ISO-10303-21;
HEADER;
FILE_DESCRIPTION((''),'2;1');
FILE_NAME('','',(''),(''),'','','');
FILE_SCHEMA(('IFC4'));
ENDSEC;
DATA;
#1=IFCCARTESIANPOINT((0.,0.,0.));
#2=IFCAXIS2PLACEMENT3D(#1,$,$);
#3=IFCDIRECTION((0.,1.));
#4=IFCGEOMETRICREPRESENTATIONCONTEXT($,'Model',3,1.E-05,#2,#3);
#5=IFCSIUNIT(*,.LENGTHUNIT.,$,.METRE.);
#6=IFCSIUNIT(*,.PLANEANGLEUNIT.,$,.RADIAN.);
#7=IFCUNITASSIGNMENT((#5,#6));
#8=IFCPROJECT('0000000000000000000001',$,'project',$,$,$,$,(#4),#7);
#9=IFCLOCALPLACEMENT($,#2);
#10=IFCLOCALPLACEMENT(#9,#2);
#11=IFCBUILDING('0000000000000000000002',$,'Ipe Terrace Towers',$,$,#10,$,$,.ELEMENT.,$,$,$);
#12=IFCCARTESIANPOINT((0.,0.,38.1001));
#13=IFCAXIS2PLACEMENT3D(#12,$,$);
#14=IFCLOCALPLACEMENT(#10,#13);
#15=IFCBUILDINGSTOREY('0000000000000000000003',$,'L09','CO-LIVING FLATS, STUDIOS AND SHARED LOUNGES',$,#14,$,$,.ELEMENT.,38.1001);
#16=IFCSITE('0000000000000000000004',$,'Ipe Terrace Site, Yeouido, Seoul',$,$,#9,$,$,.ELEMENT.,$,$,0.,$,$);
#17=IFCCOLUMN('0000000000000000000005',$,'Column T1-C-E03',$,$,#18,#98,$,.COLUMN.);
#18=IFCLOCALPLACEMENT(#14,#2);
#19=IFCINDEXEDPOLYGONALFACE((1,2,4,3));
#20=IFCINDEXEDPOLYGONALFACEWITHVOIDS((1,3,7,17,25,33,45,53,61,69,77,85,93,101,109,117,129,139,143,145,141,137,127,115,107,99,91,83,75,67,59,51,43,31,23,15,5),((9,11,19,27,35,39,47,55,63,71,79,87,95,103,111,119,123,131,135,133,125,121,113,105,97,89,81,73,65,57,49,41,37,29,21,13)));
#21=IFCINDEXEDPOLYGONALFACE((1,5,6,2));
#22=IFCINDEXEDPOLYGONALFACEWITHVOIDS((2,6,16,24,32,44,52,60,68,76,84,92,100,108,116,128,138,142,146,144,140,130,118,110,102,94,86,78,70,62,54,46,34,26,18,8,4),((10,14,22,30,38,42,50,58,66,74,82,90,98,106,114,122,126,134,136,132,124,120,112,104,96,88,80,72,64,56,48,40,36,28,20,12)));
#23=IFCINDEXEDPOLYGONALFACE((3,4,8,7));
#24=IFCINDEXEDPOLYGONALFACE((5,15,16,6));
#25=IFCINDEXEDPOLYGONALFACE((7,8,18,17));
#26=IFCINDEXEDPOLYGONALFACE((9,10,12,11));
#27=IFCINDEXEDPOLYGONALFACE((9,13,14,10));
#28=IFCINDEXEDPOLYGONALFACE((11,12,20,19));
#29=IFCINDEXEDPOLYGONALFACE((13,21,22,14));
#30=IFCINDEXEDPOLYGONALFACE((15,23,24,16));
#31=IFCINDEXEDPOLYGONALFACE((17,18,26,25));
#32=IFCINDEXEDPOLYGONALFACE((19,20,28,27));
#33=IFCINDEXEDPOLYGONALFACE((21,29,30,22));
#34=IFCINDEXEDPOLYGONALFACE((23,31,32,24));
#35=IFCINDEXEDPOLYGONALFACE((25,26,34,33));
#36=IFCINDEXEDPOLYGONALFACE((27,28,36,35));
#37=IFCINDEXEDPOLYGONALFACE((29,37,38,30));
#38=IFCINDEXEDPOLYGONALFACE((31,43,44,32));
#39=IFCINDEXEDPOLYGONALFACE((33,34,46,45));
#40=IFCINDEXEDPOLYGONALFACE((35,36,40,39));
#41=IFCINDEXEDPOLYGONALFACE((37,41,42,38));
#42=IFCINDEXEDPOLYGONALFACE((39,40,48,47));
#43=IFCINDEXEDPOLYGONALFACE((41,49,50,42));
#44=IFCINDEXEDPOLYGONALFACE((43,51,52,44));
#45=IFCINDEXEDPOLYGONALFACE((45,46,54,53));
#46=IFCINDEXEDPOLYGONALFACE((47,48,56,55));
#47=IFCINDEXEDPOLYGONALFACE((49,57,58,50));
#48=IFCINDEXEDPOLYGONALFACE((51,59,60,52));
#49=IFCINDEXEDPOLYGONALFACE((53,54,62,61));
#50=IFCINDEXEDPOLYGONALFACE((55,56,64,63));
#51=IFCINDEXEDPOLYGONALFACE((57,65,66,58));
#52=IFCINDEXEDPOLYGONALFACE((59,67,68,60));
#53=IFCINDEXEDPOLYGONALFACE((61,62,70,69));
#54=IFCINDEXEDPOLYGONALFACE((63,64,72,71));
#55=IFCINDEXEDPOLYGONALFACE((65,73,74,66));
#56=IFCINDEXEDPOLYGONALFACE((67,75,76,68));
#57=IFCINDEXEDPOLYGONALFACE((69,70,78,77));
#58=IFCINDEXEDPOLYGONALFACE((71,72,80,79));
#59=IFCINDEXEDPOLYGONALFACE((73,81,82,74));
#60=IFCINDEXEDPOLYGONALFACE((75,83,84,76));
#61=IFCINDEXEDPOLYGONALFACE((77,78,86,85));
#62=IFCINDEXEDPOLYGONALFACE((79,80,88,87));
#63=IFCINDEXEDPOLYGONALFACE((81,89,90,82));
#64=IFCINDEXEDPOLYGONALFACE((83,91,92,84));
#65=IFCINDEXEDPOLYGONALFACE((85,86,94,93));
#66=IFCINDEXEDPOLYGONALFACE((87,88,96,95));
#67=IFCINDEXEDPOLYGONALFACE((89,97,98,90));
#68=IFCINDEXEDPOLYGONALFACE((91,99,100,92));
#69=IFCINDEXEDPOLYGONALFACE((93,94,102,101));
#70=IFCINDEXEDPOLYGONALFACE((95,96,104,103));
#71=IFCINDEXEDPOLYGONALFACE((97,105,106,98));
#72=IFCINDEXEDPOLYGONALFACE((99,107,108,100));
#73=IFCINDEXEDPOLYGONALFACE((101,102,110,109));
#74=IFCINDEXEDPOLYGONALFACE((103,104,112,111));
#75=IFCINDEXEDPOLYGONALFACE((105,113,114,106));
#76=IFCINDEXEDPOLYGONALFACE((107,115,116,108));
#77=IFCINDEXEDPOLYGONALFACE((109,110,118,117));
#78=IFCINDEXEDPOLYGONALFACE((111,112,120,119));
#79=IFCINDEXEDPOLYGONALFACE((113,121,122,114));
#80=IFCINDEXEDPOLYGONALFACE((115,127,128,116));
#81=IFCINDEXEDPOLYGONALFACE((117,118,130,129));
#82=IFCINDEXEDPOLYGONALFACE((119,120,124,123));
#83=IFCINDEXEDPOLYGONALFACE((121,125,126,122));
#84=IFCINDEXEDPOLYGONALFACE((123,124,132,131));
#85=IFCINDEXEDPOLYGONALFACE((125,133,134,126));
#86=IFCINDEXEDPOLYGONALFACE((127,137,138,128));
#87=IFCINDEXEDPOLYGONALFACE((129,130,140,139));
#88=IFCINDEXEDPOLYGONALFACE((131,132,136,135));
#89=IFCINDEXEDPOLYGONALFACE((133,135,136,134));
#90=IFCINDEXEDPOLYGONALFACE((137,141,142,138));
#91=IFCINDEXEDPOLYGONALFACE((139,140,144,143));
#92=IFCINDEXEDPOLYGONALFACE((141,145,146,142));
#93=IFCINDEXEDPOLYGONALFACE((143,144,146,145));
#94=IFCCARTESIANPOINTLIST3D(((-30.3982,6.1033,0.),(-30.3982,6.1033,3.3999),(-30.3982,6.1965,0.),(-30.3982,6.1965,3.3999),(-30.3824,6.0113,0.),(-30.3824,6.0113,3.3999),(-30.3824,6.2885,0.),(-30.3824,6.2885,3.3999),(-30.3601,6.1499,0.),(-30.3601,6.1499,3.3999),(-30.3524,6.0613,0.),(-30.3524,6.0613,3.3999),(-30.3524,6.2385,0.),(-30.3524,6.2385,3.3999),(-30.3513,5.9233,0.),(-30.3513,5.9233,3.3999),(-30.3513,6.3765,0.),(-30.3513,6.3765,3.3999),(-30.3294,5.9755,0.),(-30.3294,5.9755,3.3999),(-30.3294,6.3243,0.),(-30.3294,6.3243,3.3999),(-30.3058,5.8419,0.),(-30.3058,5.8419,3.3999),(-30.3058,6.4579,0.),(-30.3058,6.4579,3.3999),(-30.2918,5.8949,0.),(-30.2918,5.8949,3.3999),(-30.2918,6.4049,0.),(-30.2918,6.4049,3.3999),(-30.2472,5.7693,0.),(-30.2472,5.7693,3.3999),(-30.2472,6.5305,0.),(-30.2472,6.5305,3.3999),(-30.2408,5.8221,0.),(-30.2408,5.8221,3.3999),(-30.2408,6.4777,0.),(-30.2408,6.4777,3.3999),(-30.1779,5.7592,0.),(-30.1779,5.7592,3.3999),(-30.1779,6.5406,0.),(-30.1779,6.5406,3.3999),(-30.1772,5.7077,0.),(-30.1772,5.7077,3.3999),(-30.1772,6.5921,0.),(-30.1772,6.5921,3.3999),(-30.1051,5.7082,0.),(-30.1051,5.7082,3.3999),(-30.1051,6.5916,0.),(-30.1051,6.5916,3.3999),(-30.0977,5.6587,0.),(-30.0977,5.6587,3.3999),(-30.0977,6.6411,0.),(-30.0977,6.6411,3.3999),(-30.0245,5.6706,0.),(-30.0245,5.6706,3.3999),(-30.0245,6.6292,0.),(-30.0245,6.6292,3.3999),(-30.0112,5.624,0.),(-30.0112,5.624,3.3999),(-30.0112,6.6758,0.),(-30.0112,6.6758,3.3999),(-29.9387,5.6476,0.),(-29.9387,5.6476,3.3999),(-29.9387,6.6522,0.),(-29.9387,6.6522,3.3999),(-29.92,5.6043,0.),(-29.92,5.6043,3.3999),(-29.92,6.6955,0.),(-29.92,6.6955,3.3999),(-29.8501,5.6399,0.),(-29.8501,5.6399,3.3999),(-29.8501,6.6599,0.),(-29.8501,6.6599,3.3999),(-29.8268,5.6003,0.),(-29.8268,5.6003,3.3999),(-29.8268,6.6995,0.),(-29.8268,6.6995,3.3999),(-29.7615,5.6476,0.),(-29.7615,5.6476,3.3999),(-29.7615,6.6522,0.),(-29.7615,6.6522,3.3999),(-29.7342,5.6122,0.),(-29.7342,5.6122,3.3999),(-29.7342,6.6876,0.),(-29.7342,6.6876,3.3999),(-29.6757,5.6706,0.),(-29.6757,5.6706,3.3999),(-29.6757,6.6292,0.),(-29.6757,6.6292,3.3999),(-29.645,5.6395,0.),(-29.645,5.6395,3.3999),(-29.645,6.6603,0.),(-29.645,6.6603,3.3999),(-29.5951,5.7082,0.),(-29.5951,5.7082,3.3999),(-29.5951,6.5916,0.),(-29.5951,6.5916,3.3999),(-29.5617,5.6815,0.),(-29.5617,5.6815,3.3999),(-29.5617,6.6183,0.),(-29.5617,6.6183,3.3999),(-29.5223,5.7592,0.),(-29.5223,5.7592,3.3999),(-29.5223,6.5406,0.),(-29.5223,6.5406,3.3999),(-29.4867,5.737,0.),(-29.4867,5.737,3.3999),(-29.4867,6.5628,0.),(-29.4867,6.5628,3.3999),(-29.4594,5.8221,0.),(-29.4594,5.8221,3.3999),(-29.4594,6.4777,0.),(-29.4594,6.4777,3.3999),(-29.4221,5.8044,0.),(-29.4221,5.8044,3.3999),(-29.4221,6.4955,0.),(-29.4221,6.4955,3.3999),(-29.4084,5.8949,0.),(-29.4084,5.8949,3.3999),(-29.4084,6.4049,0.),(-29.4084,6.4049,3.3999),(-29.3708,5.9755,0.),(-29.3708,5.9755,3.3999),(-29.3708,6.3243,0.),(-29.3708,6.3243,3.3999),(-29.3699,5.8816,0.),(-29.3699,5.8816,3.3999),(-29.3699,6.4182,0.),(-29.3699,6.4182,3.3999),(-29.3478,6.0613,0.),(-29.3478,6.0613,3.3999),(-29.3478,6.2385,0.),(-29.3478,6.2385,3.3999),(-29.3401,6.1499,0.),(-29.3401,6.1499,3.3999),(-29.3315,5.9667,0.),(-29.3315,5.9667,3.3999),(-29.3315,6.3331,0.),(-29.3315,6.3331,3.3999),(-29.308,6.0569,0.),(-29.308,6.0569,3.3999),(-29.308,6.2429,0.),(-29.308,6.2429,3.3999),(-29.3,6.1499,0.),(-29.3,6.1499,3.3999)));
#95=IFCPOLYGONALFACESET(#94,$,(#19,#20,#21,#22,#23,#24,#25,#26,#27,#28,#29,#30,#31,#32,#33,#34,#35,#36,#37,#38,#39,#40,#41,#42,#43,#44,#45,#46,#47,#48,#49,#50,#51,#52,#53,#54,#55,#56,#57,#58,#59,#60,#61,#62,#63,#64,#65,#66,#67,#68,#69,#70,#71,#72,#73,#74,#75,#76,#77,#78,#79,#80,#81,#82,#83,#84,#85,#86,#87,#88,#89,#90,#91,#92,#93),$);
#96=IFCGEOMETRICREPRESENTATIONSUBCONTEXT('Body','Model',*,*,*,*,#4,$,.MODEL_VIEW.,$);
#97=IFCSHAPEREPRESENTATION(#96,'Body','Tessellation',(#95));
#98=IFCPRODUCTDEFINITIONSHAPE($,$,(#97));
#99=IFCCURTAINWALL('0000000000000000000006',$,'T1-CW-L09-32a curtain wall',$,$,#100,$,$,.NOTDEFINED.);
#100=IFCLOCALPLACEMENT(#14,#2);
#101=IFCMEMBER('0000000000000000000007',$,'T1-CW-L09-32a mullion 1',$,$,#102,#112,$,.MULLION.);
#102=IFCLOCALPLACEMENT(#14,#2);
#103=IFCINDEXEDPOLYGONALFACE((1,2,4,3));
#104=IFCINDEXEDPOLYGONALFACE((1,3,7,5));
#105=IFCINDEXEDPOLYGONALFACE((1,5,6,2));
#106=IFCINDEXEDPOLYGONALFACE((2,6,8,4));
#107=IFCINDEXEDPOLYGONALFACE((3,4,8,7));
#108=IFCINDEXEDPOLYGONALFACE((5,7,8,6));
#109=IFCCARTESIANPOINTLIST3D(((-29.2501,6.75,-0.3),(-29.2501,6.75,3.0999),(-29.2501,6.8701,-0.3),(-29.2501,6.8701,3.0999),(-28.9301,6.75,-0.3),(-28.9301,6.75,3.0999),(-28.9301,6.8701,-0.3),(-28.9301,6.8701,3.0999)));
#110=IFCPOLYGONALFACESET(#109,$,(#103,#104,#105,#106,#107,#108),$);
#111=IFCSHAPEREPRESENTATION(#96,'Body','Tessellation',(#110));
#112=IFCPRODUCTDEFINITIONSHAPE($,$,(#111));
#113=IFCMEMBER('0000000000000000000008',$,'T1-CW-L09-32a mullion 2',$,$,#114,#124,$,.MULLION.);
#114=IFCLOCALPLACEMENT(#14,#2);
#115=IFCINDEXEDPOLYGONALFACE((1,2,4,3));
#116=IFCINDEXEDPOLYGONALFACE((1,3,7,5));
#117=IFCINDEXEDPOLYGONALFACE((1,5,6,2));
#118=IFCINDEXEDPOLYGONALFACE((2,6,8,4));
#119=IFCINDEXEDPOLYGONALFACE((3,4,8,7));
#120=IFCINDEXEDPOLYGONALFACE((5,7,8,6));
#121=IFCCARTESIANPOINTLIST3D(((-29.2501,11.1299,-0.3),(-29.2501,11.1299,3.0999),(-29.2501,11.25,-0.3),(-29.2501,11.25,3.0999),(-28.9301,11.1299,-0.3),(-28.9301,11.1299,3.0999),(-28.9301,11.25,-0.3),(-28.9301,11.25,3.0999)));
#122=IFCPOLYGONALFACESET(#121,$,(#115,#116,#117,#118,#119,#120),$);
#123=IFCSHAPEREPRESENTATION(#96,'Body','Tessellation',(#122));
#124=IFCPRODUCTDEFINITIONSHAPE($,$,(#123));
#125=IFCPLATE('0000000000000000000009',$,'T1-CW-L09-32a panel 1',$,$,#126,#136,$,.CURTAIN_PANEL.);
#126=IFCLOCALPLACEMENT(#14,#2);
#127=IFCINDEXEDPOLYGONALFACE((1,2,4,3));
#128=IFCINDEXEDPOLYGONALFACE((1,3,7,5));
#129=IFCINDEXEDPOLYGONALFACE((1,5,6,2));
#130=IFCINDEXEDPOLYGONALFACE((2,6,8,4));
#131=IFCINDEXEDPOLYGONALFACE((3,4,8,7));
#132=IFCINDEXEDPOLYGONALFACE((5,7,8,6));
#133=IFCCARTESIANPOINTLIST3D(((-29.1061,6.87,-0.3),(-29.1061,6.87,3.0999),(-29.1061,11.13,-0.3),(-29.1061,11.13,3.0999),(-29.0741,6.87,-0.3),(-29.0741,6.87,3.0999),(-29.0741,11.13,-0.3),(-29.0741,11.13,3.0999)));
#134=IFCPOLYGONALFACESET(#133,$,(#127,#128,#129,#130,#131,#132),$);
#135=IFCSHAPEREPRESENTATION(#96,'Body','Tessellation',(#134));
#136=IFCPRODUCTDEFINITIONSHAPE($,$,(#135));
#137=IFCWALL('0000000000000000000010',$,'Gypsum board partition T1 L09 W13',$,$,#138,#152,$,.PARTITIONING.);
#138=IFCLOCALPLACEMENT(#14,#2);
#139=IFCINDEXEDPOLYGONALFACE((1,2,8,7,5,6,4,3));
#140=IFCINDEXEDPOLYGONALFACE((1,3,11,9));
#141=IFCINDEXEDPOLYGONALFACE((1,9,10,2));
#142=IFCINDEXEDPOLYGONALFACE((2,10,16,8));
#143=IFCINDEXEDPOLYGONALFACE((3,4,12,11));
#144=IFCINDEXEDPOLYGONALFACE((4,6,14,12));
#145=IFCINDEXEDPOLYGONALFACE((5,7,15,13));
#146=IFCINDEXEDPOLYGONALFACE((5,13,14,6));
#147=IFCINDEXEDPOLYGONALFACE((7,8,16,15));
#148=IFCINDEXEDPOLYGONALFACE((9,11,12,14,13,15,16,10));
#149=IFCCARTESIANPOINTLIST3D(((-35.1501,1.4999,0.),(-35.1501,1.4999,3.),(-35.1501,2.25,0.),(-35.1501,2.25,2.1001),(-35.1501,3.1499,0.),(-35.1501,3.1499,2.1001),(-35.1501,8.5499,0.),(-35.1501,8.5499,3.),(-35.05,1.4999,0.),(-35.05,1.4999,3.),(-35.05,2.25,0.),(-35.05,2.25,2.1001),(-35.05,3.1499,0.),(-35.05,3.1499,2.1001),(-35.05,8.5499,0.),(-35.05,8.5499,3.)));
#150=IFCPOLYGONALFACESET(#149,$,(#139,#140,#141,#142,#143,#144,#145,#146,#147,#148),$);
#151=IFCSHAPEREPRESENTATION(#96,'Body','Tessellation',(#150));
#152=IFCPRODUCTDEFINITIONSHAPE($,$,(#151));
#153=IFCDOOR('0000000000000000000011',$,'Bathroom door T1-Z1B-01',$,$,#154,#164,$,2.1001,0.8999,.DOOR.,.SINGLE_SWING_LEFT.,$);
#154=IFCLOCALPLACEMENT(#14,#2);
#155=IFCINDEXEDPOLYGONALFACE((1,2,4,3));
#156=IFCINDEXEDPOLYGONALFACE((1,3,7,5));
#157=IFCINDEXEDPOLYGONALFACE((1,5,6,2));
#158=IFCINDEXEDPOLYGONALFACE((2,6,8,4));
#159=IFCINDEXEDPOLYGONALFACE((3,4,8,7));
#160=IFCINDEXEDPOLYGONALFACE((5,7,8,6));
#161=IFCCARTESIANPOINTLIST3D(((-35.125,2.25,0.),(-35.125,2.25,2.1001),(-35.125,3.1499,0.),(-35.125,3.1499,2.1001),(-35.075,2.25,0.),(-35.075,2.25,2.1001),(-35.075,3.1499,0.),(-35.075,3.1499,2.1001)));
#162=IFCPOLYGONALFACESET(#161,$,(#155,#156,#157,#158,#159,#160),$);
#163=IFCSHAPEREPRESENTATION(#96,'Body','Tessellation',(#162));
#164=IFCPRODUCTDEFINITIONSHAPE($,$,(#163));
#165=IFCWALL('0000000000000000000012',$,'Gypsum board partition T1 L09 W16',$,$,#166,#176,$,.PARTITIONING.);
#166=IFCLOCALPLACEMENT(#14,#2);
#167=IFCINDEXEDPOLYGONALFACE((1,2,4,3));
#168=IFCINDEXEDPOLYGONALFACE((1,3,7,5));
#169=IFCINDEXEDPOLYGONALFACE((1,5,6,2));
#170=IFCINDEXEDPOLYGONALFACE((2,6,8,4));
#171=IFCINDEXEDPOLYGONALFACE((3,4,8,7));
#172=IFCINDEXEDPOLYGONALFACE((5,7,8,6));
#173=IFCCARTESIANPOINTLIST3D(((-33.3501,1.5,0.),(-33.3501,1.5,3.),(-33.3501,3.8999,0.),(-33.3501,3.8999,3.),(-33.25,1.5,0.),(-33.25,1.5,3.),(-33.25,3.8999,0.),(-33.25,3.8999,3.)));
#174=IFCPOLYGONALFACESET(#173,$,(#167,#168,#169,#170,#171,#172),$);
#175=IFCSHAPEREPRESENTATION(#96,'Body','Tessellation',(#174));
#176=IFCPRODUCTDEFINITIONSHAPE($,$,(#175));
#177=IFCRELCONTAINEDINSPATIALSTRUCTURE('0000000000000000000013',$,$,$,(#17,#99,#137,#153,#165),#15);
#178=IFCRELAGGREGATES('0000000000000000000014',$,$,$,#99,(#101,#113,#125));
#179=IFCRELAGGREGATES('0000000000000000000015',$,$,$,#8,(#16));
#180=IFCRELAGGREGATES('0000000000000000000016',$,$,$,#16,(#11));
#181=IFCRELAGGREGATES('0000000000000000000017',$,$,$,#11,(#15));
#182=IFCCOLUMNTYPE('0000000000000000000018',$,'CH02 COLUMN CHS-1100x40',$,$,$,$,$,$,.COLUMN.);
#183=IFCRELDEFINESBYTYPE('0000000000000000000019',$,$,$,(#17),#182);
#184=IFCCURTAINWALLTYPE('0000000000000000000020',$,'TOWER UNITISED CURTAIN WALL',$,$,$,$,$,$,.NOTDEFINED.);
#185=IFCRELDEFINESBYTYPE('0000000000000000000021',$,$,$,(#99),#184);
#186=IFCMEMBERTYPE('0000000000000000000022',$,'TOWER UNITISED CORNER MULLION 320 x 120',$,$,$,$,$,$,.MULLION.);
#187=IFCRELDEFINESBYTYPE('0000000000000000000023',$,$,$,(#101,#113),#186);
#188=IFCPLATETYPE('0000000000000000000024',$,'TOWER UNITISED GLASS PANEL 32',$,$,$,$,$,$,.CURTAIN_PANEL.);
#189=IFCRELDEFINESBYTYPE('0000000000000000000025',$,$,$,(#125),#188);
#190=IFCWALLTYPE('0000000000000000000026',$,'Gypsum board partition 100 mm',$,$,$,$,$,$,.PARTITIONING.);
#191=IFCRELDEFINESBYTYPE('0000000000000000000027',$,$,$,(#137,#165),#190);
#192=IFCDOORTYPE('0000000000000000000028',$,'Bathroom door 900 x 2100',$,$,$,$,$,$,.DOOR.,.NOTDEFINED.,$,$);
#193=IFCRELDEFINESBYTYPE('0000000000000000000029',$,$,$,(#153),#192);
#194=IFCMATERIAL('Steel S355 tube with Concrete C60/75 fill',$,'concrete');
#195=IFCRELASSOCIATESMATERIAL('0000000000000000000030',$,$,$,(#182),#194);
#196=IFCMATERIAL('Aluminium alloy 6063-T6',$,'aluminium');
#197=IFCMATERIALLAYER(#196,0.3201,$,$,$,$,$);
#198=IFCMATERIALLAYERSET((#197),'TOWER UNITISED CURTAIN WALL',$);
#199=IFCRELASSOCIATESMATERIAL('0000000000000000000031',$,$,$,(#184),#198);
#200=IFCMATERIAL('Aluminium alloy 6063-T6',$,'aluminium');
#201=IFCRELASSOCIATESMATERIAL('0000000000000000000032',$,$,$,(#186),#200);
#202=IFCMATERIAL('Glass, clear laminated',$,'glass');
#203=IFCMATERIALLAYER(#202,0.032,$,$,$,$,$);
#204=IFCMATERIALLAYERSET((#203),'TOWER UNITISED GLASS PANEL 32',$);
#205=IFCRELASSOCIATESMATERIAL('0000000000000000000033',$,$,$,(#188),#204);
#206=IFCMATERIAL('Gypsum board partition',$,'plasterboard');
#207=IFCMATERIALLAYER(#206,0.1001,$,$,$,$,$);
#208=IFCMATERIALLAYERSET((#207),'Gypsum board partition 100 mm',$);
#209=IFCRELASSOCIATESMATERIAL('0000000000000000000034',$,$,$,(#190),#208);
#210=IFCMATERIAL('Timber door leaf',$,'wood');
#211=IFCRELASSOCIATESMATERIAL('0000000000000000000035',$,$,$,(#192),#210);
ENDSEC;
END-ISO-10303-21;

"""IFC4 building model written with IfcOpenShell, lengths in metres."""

from ifc_helpers import new_model, si_unit, direction, frame, frame_2d, origin, origin_2d, place, context, subcontext, project, spatial, rectangle, hollow_circle, extrude, material, layer, layer_set, material_profile, profile_set, type_object, element, fill, aggregate, save


model = new_model("IFC4")

# Units and contexts
model_context = context("Model", 3, precision=1e-05, world=origin(), true_north=direction((0.0, 1.0)))
body_context = subcontext(model_context, "Body", "Model", "MODEL_VIEW")
ifc_project = project(units=[si_unit("LENGTHUNIT", "METRE"), si_unit("PLANEANGLEUNIT", "RADIAN")], contexts=[model_context])

# Site, building, storey
site_placement = place(None, origin())
site = spatial("IfcSite", under=ifc_project, at=site_placement, Name="Ipe Terrace Site, Yeouido, Seoul", CompositionType="ELEMENT", RefElevation=0.0)
building_placement = place(site_placement, origin())
building = spatial("IfcBuilding", under=site, at=building_placement, Name="Ipe Terrace Towers", CompositionType="ELEMENT")
storey_placement = place(building_placement, frame((0.0, 0.0, 38.1001)))
storey = spatial("IfcBuildingStorey", under=building, at=storey_placement, Name="L09", Description="CO-LIVING FLATS, STUDIOS AND SHARED LOUNGES", CompositionType="ELEMENT", Elevation=38.1001)

# Column
ifc_material_1 = material(Name="Steel S355 tube with Concrete C60/75 fill", Category="concrete")
ifc_material_profile_1 = material_profile(ifc_material_1, hollow_circle(Radius=0.55, WallThickness=0.04, at=origin_2d()), Name="CHS-1100x40")
ifc_profile_set_1 = profile_set([ifc_material_profile_1], Name="Steel S355 tube with Concrete C60/75 fill")
column_type = type_object("IfcColumnType", Name="CH02 COLUMN CHS-1100x40", PredefinedType="COLUMN", material=ifc_profile_set_1)
column_placement = place(storey_placement, frame((-29.8501, 6.1499, 0.0), z_axis=(0.0, 0.0, 1.0), x_axis=(1.0, 0.0, 0.0)))
element("IfcColumn", 1, at=column_placement, inside=storey, type_object=column_type, Name="Column T1-C-E03", PredefinedType="COLUMN", context=body_context, shape_type="SweptSolid", body=[
    extrude(hollow_circle(Radius=0.55, WallThickness=0.04, at=origin_2d()), origin(), (0.0, 0.0, 1.0), 3.3999),
])

# Curtain wall, members, plate
ifc_material_2 = material(Name="Aluminium alloy 6063-T6", Category="aluminium")
ifc_layer_1 = layer(ifc_material_2, 0.3201)
ifc_layer_set_1 = layer_set([ifc_layer_1], Name="TOWER UNITISED CURTAIN WALL")
curtain_wall_type = type_object("IfcCurtainWallType", Name="TOWER UNITISED CURTAIN WALL", PredefinedType="NOTDEFINED", material=ifc_layer_set_1)
curtain_wall_placement = place(storey_placement, origin())
curtain_wall = element("IfcCurtainWall", 2, at=curtain_wall_placement, inside=storey, type_object=curtain_wall_type, Name="T1-CW-L09-32a curtain wall", PredefinedType="NOTDEFINED")
ifc_material_3 = material(Name="Aluminium alloy 6063-T6", Category="aluminium")
ifc_material_profile_2 = material_profile(ifc_material_3, rectangle(XDim=0.3201, YDim=0.1201, at=origin_2d()), Name="TOWER UNITISED CORNER MULLION 320 x 120")
ifc_profile_set_2 = profile_set([ifc_material_profile_2], Name="Aluminium alloy 6063-T6")
member_type = type_object("IfcMemberType", Name="TOWER UNITISED CORNER MULLION 320 x 120", PredefinedType="MULLION", material=ifc_profile_set_2)
member_1_placement = place(storey_placement, frame((-29.0901, 6.8101, -0.3), z_axis=(0.0, 0.0, 1.0), x_axis=(1.0, 0.0, 0.0)))
member_1 = element("IfcMember", 3, at=member_1_placement, type_object=member_type, Name="T1-CW-L09-32a mullion 1", PredefinedType="MULLION", context=body_context, shape_type="SweptSolid", body=[
    extrude(rectangle(XDim=0.3201, YDim=0.1201, at=origin_2d()), origin(), (0.0, 0.0, 1.0), 3.3999),
])
member_2_placement = place(storey_placement, frame((-29.0901, 11.1899, -0.3), z_axis=(0.0, 0.0, 1.0), x_axis=(1.0, 0.0, 0.0)))
member_2 = element("IfcMember", 4, at=member_2_placement, type_object=member_type, Name="T1-CW-L09-32a mullion 2", PredefinedType="MULLION", context=body_context, shape_type="SweptSolid", body=[
    extrude(rectangle(XDim=0.3201, YDim=0.1201, at=origin_2d()), origin(), (0.0, 0.0, 1.0), 3.3999),
])
ifc_material_4 = material(Name="Glass, clear laminated", Category="glass")
ifc_layer_2 = layer(ifc_material_4, 0.032)
ifc_layer_set_2 = layer_set([ifc_layer_2], Name="TOWER UNITISED GLASS PANEL 32")
plate_type = type_object("IfcPlateType", Name="TOWER UNITISED GLASS PANEL 32", PredefinedType="CURTAIN_PANEL", material=ifc_layer_set_2)
plate_placement = place(storey_placement, frame((-29.0901, 9.0, -0.3), z_axis=(0.0, 0.0, 1.0), x_axis=(0.0, 1.0, 0.0)))
plate = element("IfcPlate", 5, at=plate_placement, type_object=plate_type, Name="T1-CW-L09-32a panel 1", PredefinedType="CURTAIN_PANEL", context=body_context, shape_type="SweptSolid", body=[
    extrude(rectangle(XDim=4.26, YDim=0.032, at=origin_2d()), origin(), (0.0, 0.0, 1.0), 3.3999),
])
aggregate(curtain_wall, [member_1, member_2, plate])

# Wall, opening, door
ifc_material_5 = material(Name="Gypsum board partition", Category="plasterboard")
ifc_layer_3 = layer(ifc_material_5, 0.1001)
ifc_layer_set_3 = layer_set([ifc_layer_3], Name="Gypsum board partition 100 mm")
wall_type_1 = type_object("IfcWallType", Name="Gypsum board partition 100 mm", PredefinedType="PARTITIONING", material=ifc_layer_set_3)
wall_1_placement = place(storey_placement, frame((-35.1001, 1.5, 0.0), z_axis=(0.0, 0.0, 1.0), x_axis=(0.0, 1.0, 0.0)))
wall_1 = element("IfcWall", 6, at=wall_1_placement, inside=storey, type_object=wall_type_1, Name="Gypsum board partition T1 L09 W13", PredefinedType="PARTITIONING", context=body_context, shape_type="SweptSolid", body=[
    extrude(rectangle(XDim=7.05, YDim=0.1001, at=frame_2d((3.5249, 0.0))), origin(), (0.0, 0.0, 1.0), 3.0),
])
opening_1_placement = place(wall_1_placement, frame((0.75, 0.0, 0.0)))
opening_1 = element("IfcOpeningElement", 7, at=opening_1_placement, cuts=wall_1, PredefinedType="OPENING", context=body_context, shape_type="SweptSolid", body=[
    extrude(rectangle(XDim=0.8999, YDim=2.1001, at=frame_2d((0.45, 1.05))), frame((0.0, 0.0601, 0.0), z_axis=(0.0, -1.0, 0.0), x_axis=(1.0, 0.0, 0.0)), (0.0, 0.0, 1.0), 0.1201),
])
ifc_material_6 = material(Name="Timber door leaf", Category="wood")
door_type_1 = type_object("IfcDoorType", Name="Bathroom door 900 x 2100", OperationType="NOTDEFINED", PredefinedType="DOOR", material=ifc_material_6)
door_1_placement = place(opening_1_placement, origin())
door_1 = element("IfcDoor", 8, at=door_1_placement, inside=storey, type_object=door_type_1, Name="Bathroom door T1-Z1B-01", OperationType="SINGLE_SWING_LEFT", OverallHeight=2.1001, OverallWidth=0.8999, PredefinedType="DOOR", context=body_context, shape_type="SweptSolid", body=[
    extrude(rectangle(XDim=0.8999, YDim=2.1001, at=frame_2d((0.45, 1.05))), frame((0.0, 0.0249, 0.0), z_axis=(0.0, -1.0, 0.0), x_axis=(1.0, 0.0, 0.0)), (0.0, 0.0, 1.0), 0.05),
])
fill(opening_1, door_1)

# Wall
wall_2_placement = place(storey_placement, frame((-33.3, 1.5, 0.0), z_axis=(0.0, 0.0, 1.0), x_axis=(0.0, 1.0, 0.0)))
element("IfcWall", 9, at=wall_2_placement, inside=storey, type_object=wall_type_1, Name="Gypsum board partition T1 L09 W16", PredefinedType="PARTITIONING", context=body_context, shape_type="SweptSolid", body=[
    extrude(rectangle(XDim=2.3999, YDim=0.1001, at=frame_2d((1.2, 0.0))), origin(), (0.0, 0.0, 1.0), 3.0),
])

save(model, "model.ifc")
